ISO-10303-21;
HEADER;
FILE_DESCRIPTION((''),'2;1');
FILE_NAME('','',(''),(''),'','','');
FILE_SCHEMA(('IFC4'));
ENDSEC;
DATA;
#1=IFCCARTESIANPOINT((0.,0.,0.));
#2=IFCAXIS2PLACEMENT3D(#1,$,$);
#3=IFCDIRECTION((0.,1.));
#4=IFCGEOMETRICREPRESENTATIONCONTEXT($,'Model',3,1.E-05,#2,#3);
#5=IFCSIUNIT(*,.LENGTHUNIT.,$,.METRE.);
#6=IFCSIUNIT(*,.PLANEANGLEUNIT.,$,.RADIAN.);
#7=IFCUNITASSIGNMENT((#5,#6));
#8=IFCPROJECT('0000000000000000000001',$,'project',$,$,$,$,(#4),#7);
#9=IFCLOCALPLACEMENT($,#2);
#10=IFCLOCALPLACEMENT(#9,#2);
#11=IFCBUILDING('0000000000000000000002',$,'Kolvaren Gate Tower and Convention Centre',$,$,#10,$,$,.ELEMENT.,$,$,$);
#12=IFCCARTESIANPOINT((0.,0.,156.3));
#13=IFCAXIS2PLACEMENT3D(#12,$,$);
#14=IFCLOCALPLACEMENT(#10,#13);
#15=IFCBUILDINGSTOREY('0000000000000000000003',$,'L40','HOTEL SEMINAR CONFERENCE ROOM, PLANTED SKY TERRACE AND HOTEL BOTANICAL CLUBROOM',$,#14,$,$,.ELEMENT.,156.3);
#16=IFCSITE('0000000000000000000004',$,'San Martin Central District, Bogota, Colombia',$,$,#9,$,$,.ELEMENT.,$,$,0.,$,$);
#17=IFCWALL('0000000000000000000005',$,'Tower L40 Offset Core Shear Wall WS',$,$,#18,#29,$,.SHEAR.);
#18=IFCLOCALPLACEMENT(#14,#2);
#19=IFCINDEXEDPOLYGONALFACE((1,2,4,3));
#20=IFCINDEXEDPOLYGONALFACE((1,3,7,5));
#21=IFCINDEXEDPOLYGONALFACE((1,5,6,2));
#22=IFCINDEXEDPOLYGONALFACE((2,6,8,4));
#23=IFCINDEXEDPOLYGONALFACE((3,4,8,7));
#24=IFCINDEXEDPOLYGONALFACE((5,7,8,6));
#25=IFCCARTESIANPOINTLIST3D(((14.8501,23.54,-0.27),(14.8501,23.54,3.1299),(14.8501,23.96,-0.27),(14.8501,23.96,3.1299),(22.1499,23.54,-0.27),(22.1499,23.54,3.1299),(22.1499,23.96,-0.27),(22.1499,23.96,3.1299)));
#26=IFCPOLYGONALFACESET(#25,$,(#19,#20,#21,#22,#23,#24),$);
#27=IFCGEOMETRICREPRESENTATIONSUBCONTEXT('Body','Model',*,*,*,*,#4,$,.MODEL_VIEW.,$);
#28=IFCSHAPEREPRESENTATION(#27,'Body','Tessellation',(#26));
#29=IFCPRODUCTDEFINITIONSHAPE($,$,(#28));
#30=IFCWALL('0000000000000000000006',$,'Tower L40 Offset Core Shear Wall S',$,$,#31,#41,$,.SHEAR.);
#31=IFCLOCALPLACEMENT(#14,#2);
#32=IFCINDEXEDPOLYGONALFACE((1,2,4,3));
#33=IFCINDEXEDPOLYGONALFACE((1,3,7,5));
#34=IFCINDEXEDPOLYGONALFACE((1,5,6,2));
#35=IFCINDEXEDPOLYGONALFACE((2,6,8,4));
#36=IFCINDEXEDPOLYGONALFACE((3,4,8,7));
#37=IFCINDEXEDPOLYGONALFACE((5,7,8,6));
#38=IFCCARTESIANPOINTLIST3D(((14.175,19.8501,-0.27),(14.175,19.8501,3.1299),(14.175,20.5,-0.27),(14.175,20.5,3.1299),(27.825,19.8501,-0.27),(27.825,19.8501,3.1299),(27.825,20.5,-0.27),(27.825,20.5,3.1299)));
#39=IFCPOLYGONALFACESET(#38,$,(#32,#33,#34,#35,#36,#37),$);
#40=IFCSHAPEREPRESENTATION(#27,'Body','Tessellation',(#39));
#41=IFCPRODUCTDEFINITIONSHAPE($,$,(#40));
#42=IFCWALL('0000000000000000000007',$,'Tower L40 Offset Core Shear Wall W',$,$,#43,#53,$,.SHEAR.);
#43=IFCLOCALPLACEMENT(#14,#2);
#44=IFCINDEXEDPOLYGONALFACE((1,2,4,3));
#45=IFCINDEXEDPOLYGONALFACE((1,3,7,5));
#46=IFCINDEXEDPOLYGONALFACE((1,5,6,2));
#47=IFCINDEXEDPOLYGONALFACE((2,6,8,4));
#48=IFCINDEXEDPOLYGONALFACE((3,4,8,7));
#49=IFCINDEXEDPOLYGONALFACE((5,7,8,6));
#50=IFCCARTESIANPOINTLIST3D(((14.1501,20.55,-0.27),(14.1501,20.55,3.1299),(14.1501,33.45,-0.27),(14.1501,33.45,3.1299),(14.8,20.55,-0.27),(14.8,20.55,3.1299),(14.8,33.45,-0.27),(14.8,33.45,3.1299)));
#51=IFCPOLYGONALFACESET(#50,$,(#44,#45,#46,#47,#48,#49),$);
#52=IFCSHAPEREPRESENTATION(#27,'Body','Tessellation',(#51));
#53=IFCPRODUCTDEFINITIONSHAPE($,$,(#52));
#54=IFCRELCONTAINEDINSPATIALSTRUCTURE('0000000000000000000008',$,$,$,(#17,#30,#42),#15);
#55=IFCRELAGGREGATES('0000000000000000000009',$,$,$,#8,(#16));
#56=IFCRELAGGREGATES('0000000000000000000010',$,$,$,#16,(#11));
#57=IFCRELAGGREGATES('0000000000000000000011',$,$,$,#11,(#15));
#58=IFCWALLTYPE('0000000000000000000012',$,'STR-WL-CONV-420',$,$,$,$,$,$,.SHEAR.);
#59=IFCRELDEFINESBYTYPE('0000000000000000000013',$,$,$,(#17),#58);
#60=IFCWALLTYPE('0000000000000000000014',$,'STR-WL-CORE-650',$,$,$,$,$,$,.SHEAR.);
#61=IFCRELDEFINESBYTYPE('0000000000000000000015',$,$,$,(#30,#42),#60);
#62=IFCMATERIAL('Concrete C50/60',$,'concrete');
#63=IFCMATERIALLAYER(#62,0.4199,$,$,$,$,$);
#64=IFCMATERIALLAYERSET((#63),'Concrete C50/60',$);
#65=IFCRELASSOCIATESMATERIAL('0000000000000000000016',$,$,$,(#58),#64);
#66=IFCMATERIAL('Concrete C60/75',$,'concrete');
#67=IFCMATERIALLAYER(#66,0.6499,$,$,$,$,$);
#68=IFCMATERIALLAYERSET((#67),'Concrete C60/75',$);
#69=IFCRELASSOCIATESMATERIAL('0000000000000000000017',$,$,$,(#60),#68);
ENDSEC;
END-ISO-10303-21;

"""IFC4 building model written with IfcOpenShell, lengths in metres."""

from ifc_helpers import new_model, si_unit, direction, frame, frame_2d, origin, place, context, subcontext, project, spatial, rectangle, extrude, material, layer, layer_set, type_object, element, save


model = new_model("IFC4")

# Units and contexts
model_context = context("Model", 3, precision=1e-05, world=origin(), true_north=direction((0.0, 1.0)))
body_context = subcontext(model_context, "Body", "Model", "MODEL_VIEW")
ifc_project = project(units=[si_unit("LENGTHUNIT", "METRE"), si_unit("PLANEANGLEUNIT", "RADIAN")], contexts=[model_context])

# Site, building, storey
site_placement = place(None, origin())
site = spatial("IfcSite", under=ifc_project, at=site_placement, Name="San Martin Central District, Bogota, Colombia", CompositionType="ELEMENT", RefElevation=0.0)
building_placement = place(site_placement, origin())
building = spatial("IfcBuilding", under=site, at=building_placement, Name="Kolvaren Gate Tower and Convention Centre", CompositionType="ELEMENT")
storey_placement = place(building_placement, frame((0.0, 0.0, 156.3)))
storey = spatial("IfcBuildingStorey", under=building, at=storey_placement, Name="L40", Description="HOTEL SEMINAR CONFERENCE ROOM, PLANTED SKY TERRACE AND HOTEL BOTANICAL CLUBROOM", CompositionType="ELEMENT", Elevation=156.3)

# Walls
ifc_material_1 = material(Name="Concrete C50/60", Category="concrete")
ifc_layer_1 = layer(ifc_material_1, 0.4199)
ifc_layer_set_1 = layer_set([ifc_layer_1], Name="Concrete C50/60")
wall_type_1 = type_object("IfcWallType", Name="STR-WL-CONV-420", PredefinedType="SHEAR", material=ifc_layer_set_1)
wall_1_placement = place(storey_placement, frame((14.8501, 23.75, -0.27), z_axis=(0.0, 0.0, 1.0), x_axis=(1.0, 0.0, 0.0)))
element("IfcWall", 1, at=wall_1_placement, inside=storey, type_object=wall_type_1, Name="Tower L40 Offset Core Shear Wall WS", PredefinedType="SHEAR", context=body_context, shape_type="SweptSolid", body=[
    extrude(rectangle(XDim=7.2998, YDim=0.4199, at=frame_2d((3.6499, 0.0))), origin(), (0.0, 0.0, 1.0), 3.3999),
])
ifc_material_2 = material(Name="Concrete C60/75", Category="concrete")
ifc_layer_2 = layer(ifc_material_2, 0.6499)
ifc_layer_set_2 = layer_set([ifc_layer_2], Name="Concrete C60/75")
wall_type_2 = type_object("IfcWallType", Name="STR-WL-CORE-650", PredefinedType="SHEAR", material=ifc_layer_set_2)
wall_2_placement = place(storey_placement, frame((14.175, 20.175, -0.27), z_axis=(0.0, 0.0, 1.0), x_axis=(1.0, 0.0, 0.0)))
element("IfcWall", 2, at=wall_2_placement, inside=storey, type_object=wall_type_2, Name="Tower L40 Offset Core Shear Wall S", PredefinedType="SHEAR", context=body_context, shape_type="SweptSolid", body=[
    extrude(rectangle(XDim=13.6499, YDim=0.6499, at=frame_2d((6.825, 0.0))), origin(), (0.0, 0.0, 1.0), 3.3999),
])
wall_3_placement = place(storey_placement, frame((14.4751, 20.55, -0.27), z_axis=(0.0, 0.0, 1.0), x_axis=(0.0, 1.0, 0.0)))
element("IfcWall", 3, at=wall_3_placement, inside=storey, type_object=wall_type_2, Name="Tower L40 Offset Core Shear Wall W", PredefinedType="SHEAR", context=body_context, shape_type="SweptSolid", body=[
    extrude(rectangle(XDim=12.8999, YDim=0.6499, at=frame_2d((6.45, 0.0))), origin(), (0.0, 0.0, 1.0), 3.3999),
])

save(model, "model.ifc")
